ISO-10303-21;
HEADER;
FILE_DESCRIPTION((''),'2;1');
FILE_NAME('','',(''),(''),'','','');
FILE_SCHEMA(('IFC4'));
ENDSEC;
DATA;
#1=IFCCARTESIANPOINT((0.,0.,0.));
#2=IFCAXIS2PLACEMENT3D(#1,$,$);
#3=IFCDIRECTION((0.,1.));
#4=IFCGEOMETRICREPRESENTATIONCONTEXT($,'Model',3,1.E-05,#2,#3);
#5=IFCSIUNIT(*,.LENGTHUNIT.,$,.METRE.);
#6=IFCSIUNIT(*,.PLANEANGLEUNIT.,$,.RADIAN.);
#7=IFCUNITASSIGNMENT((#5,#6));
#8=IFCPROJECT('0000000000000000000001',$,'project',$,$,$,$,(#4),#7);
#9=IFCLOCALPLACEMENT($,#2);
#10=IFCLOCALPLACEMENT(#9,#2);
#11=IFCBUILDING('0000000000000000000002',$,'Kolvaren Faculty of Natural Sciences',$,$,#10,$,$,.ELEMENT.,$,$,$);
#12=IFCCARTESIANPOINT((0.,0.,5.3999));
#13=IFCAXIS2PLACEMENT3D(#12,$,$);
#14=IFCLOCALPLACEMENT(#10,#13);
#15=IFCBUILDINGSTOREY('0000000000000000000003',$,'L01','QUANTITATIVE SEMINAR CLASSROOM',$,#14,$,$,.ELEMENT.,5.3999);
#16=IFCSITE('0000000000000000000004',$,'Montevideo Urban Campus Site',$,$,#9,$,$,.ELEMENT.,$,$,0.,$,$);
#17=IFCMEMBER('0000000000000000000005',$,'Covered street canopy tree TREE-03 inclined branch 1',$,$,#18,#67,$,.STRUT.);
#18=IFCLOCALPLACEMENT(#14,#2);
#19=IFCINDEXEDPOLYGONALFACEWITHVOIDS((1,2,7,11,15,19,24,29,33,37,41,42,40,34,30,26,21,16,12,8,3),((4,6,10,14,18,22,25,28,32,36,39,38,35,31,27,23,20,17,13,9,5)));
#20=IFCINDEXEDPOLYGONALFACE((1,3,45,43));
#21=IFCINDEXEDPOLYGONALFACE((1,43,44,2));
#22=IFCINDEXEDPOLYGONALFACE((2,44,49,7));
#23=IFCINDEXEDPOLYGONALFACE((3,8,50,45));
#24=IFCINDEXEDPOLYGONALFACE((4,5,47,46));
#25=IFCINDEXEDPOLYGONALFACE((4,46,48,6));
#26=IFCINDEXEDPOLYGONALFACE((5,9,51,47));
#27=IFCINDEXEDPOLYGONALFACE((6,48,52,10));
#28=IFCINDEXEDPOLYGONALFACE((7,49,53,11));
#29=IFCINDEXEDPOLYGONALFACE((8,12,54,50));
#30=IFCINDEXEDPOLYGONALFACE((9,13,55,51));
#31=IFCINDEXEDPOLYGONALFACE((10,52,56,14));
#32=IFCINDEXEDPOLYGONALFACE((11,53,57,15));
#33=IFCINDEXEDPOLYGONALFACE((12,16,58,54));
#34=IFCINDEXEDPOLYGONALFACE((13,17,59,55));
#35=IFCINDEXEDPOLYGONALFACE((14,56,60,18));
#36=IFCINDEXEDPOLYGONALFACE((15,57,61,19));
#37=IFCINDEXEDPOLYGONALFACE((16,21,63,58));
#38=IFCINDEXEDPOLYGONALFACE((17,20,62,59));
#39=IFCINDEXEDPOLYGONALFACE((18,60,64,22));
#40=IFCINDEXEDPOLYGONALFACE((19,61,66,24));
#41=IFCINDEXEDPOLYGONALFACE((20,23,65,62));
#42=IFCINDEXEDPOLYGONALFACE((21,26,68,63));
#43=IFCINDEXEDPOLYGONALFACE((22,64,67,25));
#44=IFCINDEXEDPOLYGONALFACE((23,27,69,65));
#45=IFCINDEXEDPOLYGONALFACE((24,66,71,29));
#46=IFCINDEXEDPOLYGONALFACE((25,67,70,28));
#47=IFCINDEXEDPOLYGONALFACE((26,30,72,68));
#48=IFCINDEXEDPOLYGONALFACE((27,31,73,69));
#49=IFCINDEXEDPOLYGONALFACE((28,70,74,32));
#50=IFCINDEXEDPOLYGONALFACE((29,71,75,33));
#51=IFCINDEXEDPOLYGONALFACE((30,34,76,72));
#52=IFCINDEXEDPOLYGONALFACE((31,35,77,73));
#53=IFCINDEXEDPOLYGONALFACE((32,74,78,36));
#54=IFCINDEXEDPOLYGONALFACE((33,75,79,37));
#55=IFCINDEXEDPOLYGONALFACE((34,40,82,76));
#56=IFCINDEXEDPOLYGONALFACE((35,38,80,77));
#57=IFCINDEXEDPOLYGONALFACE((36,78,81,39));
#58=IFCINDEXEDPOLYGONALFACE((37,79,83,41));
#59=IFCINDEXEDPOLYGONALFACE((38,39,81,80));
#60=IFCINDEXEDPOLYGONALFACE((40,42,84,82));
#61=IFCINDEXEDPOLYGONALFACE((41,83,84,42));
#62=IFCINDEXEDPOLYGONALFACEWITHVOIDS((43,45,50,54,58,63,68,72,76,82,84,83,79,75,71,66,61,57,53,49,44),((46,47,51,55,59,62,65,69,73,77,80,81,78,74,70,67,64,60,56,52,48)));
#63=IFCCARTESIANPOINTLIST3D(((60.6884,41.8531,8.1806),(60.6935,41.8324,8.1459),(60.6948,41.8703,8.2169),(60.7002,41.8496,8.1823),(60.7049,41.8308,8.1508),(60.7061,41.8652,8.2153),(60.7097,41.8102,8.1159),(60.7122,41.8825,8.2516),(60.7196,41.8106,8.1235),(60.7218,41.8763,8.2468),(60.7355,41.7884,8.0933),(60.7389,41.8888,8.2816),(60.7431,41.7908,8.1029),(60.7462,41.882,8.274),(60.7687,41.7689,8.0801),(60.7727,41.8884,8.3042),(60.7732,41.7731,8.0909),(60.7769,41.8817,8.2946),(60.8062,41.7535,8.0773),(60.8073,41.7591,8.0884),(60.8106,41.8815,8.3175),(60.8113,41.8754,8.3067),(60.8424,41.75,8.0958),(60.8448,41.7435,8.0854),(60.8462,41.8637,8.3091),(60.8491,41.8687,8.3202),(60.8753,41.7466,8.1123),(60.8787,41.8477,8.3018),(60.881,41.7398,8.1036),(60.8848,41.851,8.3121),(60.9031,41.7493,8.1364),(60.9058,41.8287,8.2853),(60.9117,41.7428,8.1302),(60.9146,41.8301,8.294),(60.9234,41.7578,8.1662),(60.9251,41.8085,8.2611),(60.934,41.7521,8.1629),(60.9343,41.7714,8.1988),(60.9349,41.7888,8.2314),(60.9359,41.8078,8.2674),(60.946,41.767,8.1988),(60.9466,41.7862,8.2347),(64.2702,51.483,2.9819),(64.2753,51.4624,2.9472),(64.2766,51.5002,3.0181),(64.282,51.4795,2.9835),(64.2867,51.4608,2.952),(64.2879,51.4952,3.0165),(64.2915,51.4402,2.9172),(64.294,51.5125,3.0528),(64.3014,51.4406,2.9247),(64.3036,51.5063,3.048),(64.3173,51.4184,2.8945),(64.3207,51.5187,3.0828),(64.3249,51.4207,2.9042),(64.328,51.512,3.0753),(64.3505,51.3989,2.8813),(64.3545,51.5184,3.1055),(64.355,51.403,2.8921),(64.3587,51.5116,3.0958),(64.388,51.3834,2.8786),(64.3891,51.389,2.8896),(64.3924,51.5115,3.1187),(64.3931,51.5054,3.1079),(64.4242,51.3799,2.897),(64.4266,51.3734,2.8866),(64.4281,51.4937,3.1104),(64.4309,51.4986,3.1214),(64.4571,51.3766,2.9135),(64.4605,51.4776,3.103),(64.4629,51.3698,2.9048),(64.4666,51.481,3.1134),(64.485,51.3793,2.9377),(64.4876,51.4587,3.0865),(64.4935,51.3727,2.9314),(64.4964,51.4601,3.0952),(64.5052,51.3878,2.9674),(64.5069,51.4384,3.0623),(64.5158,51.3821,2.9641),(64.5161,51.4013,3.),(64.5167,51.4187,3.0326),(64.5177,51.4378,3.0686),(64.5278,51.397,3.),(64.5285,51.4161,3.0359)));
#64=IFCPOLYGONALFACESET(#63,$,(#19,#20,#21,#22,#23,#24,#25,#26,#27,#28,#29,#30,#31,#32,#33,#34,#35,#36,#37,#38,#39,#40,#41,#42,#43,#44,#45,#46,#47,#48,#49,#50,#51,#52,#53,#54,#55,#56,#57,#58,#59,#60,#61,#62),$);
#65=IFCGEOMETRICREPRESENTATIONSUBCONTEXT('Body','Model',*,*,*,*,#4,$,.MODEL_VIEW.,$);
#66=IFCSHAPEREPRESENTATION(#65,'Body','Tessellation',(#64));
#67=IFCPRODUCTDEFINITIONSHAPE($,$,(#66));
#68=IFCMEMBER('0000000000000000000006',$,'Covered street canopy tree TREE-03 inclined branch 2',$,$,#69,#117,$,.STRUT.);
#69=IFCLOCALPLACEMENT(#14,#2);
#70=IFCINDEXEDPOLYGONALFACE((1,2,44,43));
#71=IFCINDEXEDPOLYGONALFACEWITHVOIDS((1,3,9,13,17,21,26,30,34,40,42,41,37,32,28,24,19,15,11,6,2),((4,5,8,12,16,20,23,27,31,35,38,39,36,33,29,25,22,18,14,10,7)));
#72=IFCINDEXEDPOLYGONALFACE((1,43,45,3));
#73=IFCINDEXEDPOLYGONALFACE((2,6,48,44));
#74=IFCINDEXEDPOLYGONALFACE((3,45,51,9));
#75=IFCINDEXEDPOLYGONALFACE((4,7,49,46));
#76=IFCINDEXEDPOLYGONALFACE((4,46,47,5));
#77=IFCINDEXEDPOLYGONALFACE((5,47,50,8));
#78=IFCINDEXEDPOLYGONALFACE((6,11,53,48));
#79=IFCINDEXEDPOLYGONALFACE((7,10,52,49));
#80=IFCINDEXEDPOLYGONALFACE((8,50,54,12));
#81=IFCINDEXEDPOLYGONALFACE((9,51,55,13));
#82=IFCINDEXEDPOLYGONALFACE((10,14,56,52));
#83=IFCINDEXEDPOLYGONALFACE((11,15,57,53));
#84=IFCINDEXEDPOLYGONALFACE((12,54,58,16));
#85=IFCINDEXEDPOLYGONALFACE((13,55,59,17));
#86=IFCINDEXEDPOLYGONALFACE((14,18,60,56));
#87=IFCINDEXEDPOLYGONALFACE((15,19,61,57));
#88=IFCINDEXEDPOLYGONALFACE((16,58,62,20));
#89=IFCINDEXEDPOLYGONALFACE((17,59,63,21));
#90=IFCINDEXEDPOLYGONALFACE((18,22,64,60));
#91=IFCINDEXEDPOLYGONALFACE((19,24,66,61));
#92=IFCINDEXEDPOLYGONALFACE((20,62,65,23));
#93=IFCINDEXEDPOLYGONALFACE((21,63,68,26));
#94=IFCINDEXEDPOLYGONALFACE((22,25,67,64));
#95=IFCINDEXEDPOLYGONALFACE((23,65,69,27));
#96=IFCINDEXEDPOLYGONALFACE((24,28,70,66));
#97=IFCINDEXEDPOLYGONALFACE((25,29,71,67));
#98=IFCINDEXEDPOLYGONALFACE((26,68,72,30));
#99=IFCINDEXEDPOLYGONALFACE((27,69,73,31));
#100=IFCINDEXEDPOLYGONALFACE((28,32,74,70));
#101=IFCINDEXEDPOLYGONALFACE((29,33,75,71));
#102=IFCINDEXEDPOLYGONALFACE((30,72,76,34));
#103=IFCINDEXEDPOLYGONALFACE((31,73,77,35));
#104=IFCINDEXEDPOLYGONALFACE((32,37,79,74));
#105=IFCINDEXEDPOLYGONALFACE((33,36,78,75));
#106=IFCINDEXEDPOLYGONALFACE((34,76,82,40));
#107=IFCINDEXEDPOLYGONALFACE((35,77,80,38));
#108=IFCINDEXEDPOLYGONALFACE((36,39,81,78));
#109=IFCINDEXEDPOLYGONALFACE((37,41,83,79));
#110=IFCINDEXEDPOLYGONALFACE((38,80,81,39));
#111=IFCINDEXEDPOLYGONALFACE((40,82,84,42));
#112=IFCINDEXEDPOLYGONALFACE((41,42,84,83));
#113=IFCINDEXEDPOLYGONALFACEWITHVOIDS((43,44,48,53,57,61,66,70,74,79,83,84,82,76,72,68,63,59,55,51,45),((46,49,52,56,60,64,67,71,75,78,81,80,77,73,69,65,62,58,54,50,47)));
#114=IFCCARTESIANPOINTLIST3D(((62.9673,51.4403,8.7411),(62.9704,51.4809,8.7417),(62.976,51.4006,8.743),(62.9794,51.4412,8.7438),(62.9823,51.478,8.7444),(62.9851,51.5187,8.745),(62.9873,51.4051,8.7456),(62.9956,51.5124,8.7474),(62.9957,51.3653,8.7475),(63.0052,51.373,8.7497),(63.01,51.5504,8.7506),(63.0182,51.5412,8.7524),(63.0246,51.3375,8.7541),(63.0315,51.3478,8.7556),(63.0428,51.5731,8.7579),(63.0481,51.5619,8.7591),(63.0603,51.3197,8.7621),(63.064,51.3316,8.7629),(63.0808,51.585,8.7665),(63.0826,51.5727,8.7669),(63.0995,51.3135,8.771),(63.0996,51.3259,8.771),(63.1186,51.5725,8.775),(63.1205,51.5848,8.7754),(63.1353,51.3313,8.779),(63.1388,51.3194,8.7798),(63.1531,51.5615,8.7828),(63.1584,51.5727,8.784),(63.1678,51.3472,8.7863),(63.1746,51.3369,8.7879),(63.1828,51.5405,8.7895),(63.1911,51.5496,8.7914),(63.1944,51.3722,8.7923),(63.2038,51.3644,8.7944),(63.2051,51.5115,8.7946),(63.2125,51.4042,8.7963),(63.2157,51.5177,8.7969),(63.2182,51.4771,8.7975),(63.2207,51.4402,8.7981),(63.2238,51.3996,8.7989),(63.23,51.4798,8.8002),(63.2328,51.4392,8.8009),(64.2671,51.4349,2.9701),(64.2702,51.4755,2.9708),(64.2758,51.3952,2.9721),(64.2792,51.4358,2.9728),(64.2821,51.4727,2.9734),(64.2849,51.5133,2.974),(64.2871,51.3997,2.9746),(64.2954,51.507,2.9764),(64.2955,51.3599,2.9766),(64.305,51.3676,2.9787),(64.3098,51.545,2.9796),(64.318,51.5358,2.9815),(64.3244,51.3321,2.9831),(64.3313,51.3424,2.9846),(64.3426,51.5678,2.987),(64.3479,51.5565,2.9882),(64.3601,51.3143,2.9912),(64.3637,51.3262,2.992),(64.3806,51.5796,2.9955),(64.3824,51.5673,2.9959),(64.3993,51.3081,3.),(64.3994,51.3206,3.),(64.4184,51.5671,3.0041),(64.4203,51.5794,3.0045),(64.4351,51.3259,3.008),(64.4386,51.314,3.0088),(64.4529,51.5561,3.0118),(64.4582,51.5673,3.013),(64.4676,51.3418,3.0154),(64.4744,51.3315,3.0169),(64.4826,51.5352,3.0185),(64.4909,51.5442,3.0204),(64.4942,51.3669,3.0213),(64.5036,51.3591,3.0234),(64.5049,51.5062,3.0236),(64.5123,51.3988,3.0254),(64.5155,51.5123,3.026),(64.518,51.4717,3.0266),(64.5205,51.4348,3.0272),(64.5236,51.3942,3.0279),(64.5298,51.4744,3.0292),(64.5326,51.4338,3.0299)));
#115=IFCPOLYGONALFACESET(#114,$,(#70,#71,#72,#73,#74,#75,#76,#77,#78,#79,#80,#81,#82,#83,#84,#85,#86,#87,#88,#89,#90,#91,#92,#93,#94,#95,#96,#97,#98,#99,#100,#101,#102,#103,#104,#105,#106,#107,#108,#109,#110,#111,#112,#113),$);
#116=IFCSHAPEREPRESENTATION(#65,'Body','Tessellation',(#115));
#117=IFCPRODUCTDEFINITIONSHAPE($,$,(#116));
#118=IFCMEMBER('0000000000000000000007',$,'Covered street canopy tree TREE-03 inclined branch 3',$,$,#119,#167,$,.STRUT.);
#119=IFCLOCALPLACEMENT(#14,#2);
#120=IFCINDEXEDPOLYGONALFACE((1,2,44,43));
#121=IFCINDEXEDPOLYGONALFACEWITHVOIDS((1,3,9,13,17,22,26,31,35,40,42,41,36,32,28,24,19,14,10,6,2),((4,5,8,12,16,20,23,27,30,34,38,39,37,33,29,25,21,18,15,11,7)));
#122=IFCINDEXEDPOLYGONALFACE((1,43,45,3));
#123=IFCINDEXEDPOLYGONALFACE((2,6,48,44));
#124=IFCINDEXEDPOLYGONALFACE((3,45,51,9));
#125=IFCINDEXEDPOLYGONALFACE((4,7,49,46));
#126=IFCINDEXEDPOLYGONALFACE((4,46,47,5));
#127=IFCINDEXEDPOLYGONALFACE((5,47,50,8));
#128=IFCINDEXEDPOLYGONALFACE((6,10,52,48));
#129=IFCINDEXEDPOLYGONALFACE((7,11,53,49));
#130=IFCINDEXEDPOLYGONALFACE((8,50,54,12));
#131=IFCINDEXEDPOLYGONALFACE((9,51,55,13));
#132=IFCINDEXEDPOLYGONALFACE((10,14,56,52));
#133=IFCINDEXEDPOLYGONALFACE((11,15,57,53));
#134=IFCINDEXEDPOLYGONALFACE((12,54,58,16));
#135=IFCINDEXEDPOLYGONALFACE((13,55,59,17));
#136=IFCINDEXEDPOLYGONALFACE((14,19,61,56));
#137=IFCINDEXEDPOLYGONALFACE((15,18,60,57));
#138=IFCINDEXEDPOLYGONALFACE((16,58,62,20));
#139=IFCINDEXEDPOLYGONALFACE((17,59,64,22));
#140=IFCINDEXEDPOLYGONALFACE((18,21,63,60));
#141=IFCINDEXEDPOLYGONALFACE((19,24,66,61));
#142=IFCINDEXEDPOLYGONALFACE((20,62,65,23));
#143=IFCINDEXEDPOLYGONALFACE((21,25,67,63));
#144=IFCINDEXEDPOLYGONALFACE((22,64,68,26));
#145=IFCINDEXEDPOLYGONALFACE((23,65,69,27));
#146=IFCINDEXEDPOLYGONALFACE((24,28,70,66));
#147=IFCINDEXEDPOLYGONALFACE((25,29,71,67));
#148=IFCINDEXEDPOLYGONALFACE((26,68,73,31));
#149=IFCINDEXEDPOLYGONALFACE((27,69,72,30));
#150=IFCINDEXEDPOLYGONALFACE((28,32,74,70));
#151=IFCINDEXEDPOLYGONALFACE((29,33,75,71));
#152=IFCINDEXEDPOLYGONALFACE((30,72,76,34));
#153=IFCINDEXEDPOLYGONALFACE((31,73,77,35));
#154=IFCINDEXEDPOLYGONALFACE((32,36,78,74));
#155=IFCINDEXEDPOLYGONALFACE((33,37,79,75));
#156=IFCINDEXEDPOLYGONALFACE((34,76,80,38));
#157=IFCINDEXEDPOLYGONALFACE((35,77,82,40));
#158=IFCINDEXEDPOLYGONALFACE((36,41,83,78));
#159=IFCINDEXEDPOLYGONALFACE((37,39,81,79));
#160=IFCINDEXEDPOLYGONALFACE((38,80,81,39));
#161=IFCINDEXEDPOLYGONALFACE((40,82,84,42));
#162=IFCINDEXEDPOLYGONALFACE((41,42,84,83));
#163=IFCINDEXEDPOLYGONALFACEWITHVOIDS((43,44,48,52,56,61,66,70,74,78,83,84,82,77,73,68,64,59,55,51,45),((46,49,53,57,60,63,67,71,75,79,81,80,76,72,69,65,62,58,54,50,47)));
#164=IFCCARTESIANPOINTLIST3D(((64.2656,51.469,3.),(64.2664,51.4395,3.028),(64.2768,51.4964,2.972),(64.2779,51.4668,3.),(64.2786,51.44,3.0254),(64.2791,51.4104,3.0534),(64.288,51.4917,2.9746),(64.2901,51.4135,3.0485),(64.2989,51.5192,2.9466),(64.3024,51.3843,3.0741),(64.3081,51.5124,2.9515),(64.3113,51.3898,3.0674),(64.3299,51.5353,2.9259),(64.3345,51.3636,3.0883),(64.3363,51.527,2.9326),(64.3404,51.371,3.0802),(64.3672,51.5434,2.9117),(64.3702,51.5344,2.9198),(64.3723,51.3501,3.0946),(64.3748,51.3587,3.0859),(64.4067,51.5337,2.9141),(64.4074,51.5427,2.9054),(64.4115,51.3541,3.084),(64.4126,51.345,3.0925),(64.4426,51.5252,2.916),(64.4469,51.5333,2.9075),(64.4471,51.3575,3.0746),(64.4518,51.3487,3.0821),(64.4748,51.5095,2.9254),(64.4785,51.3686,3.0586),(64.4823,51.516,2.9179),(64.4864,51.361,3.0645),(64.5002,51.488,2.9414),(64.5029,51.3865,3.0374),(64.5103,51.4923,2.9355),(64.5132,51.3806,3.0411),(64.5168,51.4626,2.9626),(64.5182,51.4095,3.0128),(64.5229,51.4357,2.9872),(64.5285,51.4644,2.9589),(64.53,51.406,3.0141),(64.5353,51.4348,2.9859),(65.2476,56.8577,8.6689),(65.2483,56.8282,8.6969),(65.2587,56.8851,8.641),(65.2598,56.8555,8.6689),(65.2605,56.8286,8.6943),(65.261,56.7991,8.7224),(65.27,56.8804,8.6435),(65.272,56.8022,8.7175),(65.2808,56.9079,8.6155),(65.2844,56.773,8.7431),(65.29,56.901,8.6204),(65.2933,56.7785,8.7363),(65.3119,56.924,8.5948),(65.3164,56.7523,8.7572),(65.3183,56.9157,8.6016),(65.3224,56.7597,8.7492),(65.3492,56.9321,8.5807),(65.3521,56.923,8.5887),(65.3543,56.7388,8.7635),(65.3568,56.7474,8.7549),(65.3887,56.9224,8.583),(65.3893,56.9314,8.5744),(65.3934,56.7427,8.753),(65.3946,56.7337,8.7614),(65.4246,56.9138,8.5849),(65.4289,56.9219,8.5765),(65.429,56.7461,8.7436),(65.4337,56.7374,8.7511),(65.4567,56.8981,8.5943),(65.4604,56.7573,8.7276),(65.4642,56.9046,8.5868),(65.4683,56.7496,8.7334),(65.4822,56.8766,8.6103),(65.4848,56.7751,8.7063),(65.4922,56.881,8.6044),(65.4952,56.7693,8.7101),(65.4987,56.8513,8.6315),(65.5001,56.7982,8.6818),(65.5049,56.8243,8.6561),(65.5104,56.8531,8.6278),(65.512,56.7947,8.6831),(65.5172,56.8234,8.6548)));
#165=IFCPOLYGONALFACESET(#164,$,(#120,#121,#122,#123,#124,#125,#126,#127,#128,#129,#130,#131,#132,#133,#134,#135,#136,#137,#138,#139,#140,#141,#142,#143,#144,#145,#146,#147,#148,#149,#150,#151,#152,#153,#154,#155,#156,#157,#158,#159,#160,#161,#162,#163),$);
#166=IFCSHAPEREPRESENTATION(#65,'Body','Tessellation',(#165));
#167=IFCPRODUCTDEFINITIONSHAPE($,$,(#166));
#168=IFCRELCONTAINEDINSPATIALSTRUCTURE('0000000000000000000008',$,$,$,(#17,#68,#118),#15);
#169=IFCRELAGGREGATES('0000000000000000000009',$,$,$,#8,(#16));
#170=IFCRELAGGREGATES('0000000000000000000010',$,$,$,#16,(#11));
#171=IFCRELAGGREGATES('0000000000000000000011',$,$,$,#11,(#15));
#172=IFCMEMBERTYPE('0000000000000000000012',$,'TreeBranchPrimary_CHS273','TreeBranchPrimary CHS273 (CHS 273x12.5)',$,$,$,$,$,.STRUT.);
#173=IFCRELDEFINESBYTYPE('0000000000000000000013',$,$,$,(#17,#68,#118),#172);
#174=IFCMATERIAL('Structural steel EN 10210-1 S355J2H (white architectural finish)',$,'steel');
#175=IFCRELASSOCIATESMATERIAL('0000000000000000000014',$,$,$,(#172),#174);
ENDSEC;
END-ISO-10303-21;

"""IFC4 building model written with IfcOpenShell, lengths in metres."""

from ifc_helpers import new_model, si_unit, direction, frame, origin, origin_2d, place, context, subcontext, project, spatial, hollow_circle, extrude, material, material_profile, profile_set, type_object, element, save


model = new_model("IFC4")

# Units and contexts
model_context = context("Model", 3, precision=1e-05, world=origin(), true_north=direction((0.0, 1.0)))
body_context = subcontext(model_context, "Body", "Model", "MODEL_VIEW")
ifc_project = project(units=[si_unit("LENGTHUNIT", "METRE"), si_unit("PLANEANGLEUNIT", "RADIAN")], contexts=[model_context])

# Site, building, storey
site_placement = place(None, origin())
site = spatial("IfcSite", under=ifc_project, at=site_placement, Name="Montevideo Urban Campus Site", CompositionType="ELEMENT", RefElevation=0.0)
building_placement = place(site_placement, origin())
building = spatial("IfcBuilding", under=site, at=building_placement, Name="Kolvaren Faculty of Natural Sciences", CompositionType="ELEMENT")
storey_placement = place(building_placement, frame((0.0, 0.0, 5.3999)))
storey = spatial("IfcBuildingStorey", under=building, at=storey_placement, Name="L01", Description="QUANTITATIVE SEMINAR CLASSROOM", CompositionType="ELEMENT", Elevation=5.3999)

# Members
ifc_material_1 = material(Name="Structural steel EN 10210-1 S355J2H (white architectural finish)", Category="steel")
ifc_material_profile_1 = material_profile(ifc_material_1, hollow_circle(Radius=0.1365, WallThickness=0.0125, at=origin_2d()), Name="CHS 273x12.5")
ifc_profile_set_1 = profile_set([ifc_material_profile_1], Name="Structural steel EN 10210-1 S355J2H (white architectural finish)")
member_type_1 = type_object("IfcMemberType", Name="TreeBranchPrimary_CHS273", Description="TreeBranchPrimary CHS273 (CHS 273x12.5)", PredefinedType="STRUT", material=ifc_profile_set_1)
member_1_placement = place(storey_placement, frame((64.3999, 51.4446, 3.0), z_axis=(-0.311059, -0.836305, 0.451482), x_axis=(0.937267, -0.348612, 0.0)))
element("IfcMember", 1, at=member_1_placement, inside=storey, type_object=member_type_1, Name="Covered street canopy tree TREE-03 inclined branch 1", PredefinedType="STRUT", context=body_context, shape_type="SweptSolid", body=[
    extrude(hollow_circle(Radius=0.1365, WallThickness=0.0125, at=origin_2d()), origin(), (0.0, 0.0, 1.0), 11.5149),
])
member_2_placement = place(storey_placement, frame((64.3999, 51.4446, 3.0), z_axis=(-0.219726, 0.000908, 0.975561), x_axis=(-0.004132, -0.999991, 0.0)))
element("IfcMember", 2, at=member_2_placement, inside=storey, type_object=member_type_1, Name="Covered street canopy tree TREE-03 inclined branch 2", PredefinedType="STRUT", context=body_context, shape_type="SweptSolid", body=[
    extrude(hollow_circle(Radius=0.1365, WallThickness=0.0125, at=origin_2d()), origin(), (0.0, 0.0, 1.0), 5.9155),
])
member_3_placement = place(storey_placement, frame((64.3999, 51.4446, 3.0), z_axis=(0.124566, 0.683597, 0.719152), x_axis=(-0.9838, 0.17927, 0.0)))
element("IfcMember", 3, at=member_3_placement, inside=storey, type_object=member_type_1, Name="Covered street canopy tree TREE-03 inclined branch 3", PredefinedType="STRUT", context=body_context, shape_type="SweptSolid", body=[
    extrude(hollow_circle(Radius=0.1365, WallThickness=0.0125, at=origin_2d()), origin(), (0.0, 0.0, 1.0), 7.8828),
])

save(model, "model.ifc")
